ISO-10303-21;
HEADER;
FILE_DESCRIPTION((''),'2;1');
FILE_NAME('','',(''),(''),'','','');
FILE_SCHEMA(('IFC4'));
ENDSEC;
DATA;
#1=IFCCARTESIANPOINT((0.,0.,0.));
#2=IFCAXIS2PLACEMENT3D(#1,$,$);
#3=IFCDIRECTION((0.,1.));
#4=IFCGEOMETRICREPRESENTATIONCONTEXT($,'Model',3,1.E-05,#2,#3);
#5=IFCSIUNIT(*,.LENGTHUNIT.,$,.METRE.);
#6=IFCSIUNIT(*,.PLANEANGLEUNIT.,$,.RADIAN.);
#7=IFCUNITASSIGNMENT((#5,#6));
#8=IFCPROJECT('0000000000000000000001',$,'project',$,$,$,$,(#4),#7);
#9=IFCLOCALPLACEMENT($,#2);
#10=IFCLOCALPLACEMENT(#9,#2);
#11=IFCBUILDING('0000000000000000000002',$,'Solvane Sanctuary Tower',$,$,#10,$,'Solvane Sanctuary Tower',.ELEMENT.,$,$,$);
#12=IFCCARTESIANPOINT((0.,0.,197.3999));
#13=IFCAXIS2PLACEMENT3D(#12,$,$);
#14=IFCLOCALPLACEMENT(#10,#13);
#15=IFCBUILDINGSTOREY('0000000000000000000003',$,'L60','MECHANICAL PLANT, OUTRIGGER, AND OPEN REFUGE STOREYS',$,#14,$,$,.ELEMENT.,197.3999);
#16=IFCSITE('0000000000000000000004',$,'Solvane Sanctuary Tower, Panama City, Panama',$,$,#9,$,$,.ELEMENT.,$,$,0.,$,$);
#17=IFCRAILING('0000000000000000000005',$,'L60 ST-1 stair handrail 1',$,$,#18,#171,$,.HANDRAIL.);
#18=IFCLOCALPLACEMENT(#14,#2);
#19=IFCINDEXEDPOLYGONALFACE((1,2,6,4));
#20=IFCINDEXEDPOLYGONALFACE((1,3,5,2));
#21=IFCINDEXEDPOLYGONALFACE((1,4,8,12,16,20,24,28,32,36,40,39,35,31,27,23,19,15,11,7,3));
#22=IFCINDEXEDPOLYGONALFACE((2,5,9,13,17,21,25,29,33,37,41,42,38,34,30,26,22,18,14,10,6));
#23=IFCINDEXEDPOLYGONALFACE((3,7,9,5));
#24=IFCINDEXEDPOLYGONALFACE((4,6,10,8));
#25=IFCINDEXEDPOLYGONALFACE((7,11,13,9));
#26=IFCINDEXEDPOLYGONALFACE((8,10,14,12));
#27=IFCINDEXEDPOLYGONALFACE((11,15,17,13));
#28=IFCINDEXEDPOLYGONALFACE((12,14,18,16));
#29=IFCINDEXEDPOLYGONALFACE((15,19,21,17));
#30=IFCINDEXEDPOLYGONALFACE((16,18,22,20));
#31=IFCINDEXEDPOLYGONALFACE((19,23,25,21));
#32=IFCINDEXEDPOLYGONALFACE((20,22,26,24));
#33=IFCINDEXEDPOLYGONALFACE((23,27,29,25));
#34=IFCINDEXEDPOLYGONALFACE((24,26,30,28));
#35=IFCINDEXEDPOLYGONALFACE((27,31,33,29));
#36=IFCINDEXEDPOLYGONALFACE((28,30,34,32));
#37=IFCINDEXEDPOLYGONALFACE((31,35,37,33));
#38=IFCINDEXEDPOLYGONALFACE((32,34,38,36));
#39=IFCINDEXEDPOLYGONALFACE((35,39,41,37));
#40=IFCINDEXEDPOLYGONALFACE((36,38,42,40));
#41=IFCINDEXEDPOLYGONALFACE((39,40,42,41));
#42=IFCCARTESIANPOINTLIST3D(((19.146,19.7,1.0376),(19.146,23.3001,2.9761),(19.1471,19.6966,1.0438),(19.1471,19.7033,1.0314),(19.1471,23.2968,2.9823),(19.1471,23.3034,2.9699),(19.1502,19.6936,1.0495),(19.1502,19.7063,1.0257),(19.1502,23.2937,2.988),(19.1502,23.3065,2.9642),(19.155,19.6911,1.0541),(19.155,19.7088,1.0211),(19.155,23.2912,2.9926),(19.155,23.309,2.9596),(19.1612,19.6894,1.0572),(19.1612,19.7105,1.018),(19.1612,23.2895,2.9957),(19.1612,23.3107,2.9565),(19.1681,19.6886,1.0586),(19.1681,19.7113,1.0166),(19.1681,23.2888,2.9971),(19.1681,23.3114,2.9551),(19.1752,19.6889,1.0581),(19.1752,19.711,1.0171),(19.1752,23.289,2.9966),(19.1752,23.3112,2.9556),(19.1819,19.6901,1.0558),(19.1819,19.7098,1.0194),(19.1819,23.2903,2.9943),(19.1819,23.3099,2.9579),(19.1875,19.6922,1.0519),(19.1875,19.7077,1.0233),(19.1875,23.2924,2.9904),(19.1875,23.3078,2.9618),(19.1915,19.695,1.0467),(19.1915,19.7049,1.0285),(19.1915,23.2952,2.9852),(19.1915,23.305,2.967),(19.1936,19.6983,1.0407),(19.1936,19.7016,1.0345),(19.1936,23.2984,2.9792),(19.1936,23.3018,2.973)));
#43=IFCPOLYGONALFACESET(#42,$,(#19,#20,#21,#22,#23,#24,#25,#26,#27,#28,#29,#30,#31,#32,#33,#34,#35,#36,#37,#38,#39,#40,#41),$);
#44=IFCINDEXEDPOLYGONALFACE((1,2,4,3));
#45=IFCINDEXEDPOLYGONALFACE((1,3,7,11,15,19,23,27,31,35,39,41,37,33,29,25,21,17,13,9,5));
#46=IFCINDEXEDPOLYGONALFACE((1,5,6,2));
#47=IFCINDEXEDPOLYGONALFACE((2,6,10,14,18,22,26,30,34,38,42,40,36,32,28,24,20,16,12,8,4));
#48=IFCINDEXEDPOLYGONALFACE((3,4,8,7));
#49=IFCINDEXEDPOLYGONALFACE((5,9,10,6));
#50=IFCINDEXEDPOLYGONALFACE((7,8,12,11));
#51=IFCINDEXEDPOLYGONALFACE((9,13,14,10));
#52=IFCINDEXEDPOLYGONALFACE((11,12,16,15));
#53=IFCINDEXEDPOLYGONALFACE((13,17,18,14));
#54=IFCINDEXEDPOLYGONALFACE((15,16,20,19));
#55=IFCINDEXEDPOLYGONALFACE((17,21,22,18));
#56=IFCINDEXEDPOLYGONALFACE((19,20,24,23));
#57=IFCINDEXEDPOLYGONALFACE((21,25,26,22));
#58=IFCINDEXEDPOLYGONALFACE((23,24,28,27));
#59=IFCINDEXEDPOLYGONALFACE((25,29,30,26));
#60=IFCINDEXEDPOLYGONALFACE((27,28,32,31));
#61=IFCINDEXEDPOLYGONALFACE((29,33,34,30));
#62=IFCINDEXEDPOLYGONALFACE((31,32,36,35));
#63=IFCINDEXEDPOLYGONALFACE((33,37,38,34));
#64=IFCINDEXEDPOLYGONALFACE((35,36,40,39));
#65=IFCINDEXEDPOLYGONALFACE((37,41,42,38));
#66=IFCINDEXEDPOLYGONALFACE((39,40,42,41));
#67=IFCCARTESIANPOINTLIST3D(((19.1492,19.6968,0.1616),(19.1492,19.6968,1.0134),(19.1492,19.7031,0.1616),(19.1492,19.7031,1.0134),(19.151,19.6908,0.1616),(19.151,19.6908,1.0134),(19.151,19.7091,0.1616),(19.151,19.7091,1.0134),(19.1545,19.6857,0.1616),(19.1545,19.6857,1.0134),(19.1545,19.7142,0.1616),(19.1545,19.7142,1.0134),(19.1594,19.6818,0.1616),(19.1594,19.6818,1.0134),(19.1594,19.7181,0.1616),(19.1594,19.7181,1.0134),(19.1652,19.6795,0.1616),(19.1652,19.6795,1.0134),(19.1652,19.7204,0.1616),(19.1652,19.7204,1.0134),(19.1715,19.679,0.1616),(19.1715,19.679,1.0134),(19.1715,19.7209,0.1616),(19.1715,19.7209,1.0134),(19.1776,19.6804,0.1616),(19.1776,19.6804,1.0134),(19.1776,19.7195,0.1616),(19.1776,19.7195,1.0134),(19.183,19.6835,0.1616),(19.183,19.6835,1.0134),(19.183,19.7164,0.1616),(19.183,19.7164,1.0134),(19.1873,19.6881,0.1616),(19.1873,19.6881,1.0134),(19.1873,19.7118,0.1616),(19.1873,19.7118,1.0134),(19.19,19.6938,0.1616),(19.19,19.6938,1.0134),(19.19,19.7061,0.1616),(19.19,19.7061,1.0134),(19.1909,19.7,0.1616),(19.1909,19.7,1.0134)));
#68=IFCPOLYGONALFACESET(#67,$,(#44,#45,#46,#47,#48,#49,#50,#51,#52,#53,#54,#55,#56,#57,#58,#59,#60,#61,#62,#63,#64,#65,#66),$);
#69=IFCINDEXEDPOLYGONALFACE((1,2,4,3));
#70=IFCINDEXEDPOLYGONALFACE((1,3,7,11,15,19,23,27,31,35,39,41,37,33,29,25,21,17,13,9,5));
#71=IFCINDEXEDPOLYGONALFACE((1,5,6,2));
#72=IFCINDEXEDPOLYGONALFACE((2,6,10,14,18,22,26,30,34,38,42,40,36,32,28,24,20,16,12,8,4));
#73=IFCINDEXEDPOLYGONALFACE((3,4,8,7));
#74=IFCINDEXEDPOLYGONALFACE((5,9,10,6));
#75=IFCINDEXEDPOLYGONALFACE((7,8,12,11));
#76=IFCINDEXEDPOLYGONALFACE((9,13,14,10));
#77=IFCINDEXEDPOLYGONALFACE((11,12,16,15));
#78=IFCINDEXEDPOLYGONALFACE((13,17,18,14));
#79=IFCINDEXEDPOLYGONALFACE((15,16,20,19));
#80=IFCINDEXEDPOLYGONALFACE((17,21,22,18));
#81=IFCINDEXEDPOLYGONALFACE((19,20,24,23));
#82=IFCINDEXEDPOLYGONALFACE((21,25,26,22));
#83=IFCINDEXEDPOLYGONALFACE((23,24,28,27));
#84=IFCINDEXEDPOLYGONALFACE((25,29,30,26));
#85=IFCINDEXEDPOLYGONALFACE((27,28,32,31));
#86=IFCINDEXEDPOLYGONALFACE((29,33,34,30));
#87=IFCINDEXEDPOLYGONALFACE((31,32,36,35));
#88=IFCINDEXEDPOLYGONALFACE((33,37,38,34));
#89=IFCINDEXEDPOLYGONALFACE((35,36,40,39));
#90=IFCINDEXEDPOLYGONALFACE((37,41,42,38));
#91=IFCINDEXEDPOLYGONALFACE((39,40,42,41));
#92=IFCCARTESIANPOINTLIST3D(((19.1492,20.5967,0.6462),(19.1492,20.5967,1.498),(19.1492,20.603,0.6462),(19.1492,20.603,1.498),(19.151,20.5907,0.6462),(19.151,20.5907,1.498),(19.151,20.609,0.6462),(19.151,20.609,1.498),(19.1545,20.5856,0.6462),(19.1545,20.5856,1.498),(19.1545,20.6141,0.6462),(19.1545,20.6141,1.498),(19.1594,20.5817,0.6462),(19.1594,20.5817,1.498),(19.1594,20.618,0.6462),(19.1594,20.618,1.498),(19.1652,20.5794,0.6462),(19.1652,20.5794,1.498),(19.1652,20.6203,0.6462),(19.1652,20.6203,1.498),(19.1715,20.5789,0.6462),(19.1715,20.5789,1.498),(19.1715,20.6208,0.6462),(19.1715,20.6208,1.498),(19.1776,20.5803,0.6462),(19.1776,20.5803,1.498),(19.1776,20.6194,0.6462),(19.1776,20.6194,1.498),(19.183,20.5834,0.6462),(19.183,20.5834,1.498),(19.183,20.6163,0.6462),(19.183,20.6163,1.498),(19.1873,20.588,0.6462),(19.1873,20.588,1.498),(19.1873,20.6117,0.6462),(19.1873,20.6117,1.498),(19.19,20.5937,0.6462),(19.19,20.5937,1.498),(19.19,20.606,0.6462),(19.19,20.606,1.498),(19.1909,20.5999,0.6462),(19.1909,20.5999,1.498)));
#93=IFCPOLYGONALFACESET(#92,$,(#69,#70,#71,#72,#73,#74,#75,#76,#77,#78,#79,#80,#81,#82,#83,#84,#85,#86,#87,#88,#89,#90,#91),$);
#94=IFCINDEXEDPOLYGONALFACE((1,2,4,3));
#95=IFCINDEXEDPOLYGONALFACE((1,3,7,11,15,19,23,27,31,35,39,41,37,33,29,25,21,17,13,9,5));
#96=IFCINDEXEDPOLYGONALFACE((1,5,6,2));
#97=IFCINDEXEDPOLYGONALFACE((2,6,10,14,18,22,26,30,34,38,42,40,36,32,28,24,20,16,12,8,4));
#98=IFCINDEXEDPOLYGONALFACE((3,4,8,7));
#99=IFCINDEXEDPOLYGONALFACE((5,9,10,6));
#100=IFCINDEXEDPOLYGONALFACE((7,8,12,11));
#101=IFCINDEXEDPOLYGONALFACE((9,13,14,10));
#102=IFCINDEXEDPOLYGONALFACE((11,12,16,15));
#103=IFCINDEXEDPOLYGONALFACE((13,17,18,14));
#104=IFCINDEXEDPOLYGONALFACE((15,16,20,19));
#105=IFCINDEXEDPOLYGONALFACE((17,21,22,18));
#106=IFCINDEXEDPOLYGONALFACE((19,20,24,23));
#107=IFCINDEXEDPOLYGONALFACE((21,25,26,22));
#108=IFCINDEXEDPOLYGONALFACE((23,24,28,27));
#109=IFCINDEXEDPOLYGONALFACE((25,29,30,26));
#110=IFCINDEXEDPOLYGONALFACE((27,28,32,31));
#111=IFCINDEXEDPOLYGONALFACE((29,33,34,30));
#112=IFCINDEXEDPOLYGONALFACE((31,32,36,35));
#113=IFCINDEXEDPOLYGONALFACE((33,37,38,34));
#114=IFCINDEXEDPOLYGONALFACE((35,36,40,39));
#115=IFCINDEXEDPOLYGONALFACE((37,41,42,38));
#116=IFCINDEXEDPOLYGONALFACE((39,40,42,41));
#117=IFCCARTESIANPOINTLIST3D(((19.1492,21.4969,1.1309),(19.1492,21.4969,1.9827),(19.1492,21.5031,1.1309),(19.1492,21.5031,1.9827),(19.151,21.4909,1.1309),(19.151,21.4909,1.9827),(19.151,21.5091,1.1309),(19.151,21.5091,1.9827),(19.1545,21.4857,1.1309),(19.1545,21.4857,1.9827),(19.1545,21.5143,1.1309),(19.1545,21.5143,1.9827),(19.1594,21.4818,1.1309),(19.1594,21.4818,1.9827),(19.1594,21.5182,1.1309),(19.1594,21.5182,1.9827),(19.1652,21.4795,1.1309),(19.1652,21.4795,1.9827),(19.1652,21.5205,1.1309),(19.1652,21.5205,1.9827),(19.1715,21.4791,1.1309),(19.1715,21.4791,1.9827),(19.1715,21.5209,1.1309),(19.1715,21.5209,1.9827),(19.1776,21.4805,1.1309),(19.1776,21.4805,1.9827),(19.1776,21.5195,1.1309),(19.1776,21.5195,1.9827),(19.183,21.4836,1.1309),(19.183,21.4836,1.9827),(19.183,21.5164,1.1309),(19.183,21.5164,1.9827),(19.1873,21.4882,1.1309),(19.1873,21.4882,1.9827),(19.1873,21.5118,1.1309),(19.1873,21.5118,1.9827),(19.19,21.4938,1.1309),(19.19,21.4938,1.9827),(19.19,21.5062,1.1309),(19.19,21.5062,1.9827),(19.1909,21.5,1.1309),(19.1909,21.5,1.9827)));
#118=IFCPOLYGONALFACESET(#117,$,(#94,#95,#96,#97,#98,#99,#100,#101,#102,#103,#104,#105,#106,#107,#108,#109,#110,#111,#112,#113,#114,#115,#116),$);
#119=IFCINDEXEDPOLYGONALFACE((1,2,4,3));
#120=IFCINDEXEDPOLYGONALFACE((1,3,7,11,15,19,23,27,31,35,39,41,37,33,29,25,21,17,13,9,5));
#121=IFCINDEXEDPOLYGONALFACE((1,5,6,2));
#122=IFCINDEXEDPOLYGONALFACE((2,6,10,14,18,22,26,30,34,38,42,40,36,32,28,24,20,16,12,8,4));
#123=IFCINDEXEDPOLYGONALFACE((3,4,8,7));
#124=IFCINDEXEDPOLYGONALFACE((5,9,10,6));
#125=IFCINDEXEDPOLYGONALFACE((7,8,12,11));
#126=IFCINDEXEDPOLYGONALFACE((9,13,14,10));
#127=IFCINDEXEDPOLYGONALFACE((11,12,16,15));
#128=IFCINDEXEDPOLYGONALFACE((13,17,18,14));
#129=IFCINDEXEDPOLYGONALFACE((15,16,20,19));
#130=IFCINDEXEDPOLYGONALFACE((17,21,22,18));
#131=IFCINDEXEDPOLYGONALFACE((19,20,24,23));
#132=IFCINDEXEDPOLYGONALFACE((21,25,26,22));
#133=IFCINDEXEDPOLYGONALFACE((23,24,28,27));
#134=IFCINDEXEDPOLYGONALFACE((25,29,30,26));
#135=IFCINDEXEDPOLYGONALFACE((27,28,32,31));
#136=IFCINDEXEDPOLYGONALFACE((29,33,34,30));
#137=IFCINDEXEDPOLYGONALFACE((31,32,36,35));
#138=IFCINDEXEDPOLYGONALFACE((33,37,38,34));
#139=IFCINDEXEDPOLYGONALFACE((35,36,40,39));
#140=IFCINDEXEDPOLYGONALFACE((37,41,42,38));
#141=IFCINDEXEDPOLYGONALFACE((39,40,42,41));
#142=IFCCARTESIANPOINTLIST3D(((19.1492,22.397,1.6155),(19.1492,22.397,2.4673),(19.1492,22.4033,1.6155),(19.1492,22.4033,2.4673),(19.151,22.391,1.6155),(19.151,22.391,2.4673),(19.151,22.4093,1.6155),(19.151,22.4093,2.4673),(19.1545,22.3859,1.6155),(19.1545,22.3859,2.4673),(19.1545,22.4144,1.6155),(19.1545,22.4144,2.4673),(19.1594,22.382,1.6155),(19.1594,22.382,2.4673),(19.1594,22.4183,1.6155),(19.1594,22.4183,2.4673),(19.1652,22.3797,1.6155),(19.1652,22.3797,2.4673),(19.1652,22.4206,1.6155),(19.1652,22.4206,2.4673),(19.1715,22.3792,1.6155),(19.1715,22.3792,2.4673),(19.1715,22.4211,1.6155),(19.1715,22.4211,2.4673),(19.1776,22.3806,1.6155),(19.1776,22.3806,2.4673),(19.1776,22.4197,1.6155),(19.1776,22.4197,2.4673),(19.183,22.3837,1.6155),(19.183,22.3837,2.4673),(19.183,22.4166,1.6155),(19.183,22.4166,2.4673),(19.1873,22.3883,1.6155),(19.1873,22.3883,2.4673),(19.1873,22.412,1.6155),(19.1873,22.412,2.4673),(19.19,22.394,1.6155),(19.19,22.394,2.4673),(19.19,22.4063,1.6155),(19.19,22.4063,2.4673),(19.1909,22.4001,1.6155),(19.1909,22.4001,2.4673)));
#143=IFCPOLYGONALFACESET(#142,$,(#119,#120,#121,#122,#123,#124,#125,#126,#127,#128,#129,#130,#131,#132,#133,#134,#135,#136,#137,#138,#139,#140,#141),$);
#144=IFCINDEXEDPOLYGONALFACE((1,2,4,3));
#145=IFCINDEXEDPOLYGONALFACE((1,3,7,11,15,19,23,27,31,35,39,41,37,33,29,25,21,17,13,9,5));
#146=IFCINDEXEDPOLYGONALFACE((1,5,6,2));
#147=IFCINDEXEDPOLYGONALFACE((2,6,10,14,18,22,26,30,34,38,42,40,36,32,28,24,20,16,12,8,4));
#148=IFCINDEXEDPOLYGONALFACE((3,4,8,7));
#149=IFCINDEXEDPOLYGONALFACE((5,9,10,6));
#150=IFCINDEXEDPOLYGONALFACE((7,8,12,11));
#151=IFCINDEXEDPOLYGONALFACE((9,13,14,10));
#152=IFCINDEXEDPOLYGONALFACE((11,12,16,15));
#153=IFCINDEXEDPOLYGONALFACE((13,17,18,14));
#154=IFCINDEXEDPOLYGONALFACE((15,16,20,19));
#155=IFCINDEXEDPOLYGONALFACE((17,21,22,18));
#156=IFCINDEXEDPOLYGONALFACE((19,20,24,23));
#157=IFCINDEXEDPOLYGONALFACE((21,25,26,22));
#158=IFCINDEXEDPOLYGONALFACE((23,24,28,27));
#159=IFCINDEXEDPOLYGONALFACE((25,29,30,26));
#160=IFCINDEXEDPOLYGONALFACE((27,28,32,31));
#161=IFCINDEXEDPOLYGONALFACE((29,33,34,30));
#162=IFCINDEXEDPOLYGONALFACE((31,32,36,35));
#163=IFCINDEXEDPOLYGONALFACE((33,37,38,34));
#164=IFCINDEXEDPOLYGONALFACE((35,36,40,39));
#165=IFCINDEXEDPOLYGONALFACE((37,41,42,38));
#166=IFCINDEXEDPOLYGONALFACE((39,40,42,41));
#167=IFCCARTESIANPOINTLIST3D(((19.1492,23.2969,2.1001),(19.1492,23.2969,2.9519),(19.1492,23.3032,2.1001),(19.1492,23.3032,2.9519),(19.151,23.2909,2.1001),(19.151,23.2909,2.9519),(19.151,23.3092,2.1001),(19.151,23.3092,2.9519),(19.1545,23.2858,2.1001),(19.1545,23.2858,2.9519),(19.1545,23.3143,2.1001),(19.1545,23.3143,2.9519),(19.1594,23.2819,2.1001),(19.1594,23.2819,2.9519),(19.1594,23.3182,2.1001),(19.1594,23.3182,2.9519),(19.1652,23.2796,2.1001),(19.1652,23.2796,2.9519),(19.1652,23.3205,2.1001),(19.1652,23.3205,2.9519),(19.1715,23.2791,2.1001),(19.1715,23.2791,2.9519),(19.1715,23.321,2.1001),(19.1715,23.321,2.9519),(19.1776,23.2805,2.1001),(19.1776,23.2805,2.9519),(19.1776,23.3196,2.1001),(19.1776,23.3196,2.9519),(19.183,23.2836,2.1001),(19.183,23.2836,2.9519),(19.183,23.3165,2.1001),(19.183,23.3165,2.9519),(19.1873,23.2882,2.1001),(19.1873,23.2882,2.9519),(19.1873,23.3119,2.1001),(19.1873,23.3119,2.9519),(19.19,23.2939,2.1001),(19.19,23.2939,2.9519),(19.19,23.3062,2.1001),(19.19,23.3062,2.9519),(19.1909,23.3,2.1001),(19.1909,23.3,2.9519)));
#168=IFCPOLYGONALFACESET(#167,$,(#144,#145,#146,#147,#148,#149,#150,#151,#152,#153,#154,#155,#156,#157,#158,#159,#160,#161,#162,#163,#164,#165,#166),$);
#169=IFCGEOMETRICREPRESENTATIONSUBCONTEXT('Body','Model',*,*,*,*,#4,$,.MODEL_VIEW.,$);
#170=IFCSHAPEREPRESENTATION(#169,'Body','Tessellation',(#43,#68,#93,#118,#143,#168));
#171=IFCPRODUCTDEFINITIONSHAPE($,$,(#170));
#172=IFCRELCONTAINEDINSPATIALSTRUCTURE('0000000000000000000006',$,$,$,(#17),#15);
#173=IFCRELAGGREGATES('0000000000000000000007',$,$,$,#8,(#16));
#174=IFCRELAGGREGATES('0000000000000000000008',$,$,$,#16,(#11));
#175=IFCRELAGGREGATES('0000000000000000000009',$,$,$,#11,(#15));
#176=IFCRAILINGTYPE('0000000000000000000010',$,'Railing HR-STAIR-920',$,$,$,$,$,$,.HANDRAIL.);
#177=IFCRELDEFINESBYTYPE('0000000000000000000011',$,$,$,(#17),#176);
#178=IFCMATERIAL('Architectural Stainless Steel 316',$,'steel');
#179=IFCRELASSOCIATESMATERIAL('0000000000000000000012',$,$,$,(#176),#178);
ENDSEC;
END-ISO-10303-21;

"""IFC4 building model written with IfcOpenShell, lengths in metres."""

from ifc_helpers import new_model, si_unit, direction, frame, origin, origin_2d, place, context, subcontext, project, spatial, circle, extrude, material, type_object, element, save


model = new_model("IFC4")

# Units and contexts
model_context = context("Model", 3, precision=1e-05, world=origin(), true_north=direction((0.0, 1.0)))
body_context = subcontext(model_context, "Body", "Model", "MODEL_VIEW")
ifc_project = project(units=[si_unit("LENGTHUNIT", "METRE"), si_unit("PLANEANGLEUNIT", "RADIAN")], contexts=[model_context])

# Site, building, storey
site_placement = place(None, origin())
site = spatial("IfcSite", under=ifc_project, at=site_placement, Name="Solvane Sanctuary Tower, Panama City, Panama", CompositionType="ELEMENT", RefElevation=0.0)
building_placement = place(site_placement, origin())
building = spatial("IfcBuilding", under=site, at=building_placement, Name="Solvane Sanctuary Tower", LongName="Solvane Sanctuary Tower", CompositionType="ELEMENT")
storey_placement = place(building_placement, frame((0.0, 0.0, 197.3999)))
storey = spatial("IfcBuildingStorey", under=building, at=storey_placement, Name="L60", Description="MECHANICAL PLANT, OUTRIGGER, AND OPEN REFUGE STOREYS", CompositionType="ELEMENT", Elevation=197.3999)

# Shared definitions
ifc_material_1 = material(Name="Architectural Stainless Steel 316", Category="steel")

# Railing
railing_type_1 = type_object("IfcRailingType", Name="Railing HR-STAIR-920", PredefinedType="HANDRAIL", material=ifc_material_1)
for number, where, name in (
    (1, (19.1699, 19.7, 0.1616), "L60 ST-1 stair handrail 1"),
):
    element("IfcRailing", number, at=place(storey_placement, frame(where)), inside=storey, type_object=railing_type_1, Name=name, PredefinedType="HANDRAIL", context=body_context, shape_type="SweptSolid", body=[
        extrude(circle(Radius=0.0239, at=origin_2d()), frame((0.0, 0.0, 0.876), z_axis=(0.0, 0.880475, 0.474093), x_axis=(-1.0, 0.0, 0.0)), (0.0, 0.0, 1.0), 4.0889),
        extrude(circle(Radius=0.021, at=origin_2d()), origin(), (0.0, 0.0, 1.0), 0.8518),
        extrude(circle(Radius=0.021, at=origin_2d()), frame((0.0, 0.8999, 0.4846)), (0.0, 0.0, 1.0), 0.8518),
        extrude(circle(Radius=0.021, at=origin_2d()), frame((0.0, 1.8, 0.9692)), (0.0, 0.0, 1.0), 0.8518),
        extrude(circle(Radius=0.021, at=origin_2d()), frame((0.0, 2.7002, 1.4539)), (0.0, 0.0, 1.0), 0.8518),
        extrude(circle(Radius=0.021, at=origin_2d()), frame((0.0, 3.6001, 1.9385)), (0.0, 0.0, 1.0), 0.8518),
    ])

save(model, "model.ifc")
